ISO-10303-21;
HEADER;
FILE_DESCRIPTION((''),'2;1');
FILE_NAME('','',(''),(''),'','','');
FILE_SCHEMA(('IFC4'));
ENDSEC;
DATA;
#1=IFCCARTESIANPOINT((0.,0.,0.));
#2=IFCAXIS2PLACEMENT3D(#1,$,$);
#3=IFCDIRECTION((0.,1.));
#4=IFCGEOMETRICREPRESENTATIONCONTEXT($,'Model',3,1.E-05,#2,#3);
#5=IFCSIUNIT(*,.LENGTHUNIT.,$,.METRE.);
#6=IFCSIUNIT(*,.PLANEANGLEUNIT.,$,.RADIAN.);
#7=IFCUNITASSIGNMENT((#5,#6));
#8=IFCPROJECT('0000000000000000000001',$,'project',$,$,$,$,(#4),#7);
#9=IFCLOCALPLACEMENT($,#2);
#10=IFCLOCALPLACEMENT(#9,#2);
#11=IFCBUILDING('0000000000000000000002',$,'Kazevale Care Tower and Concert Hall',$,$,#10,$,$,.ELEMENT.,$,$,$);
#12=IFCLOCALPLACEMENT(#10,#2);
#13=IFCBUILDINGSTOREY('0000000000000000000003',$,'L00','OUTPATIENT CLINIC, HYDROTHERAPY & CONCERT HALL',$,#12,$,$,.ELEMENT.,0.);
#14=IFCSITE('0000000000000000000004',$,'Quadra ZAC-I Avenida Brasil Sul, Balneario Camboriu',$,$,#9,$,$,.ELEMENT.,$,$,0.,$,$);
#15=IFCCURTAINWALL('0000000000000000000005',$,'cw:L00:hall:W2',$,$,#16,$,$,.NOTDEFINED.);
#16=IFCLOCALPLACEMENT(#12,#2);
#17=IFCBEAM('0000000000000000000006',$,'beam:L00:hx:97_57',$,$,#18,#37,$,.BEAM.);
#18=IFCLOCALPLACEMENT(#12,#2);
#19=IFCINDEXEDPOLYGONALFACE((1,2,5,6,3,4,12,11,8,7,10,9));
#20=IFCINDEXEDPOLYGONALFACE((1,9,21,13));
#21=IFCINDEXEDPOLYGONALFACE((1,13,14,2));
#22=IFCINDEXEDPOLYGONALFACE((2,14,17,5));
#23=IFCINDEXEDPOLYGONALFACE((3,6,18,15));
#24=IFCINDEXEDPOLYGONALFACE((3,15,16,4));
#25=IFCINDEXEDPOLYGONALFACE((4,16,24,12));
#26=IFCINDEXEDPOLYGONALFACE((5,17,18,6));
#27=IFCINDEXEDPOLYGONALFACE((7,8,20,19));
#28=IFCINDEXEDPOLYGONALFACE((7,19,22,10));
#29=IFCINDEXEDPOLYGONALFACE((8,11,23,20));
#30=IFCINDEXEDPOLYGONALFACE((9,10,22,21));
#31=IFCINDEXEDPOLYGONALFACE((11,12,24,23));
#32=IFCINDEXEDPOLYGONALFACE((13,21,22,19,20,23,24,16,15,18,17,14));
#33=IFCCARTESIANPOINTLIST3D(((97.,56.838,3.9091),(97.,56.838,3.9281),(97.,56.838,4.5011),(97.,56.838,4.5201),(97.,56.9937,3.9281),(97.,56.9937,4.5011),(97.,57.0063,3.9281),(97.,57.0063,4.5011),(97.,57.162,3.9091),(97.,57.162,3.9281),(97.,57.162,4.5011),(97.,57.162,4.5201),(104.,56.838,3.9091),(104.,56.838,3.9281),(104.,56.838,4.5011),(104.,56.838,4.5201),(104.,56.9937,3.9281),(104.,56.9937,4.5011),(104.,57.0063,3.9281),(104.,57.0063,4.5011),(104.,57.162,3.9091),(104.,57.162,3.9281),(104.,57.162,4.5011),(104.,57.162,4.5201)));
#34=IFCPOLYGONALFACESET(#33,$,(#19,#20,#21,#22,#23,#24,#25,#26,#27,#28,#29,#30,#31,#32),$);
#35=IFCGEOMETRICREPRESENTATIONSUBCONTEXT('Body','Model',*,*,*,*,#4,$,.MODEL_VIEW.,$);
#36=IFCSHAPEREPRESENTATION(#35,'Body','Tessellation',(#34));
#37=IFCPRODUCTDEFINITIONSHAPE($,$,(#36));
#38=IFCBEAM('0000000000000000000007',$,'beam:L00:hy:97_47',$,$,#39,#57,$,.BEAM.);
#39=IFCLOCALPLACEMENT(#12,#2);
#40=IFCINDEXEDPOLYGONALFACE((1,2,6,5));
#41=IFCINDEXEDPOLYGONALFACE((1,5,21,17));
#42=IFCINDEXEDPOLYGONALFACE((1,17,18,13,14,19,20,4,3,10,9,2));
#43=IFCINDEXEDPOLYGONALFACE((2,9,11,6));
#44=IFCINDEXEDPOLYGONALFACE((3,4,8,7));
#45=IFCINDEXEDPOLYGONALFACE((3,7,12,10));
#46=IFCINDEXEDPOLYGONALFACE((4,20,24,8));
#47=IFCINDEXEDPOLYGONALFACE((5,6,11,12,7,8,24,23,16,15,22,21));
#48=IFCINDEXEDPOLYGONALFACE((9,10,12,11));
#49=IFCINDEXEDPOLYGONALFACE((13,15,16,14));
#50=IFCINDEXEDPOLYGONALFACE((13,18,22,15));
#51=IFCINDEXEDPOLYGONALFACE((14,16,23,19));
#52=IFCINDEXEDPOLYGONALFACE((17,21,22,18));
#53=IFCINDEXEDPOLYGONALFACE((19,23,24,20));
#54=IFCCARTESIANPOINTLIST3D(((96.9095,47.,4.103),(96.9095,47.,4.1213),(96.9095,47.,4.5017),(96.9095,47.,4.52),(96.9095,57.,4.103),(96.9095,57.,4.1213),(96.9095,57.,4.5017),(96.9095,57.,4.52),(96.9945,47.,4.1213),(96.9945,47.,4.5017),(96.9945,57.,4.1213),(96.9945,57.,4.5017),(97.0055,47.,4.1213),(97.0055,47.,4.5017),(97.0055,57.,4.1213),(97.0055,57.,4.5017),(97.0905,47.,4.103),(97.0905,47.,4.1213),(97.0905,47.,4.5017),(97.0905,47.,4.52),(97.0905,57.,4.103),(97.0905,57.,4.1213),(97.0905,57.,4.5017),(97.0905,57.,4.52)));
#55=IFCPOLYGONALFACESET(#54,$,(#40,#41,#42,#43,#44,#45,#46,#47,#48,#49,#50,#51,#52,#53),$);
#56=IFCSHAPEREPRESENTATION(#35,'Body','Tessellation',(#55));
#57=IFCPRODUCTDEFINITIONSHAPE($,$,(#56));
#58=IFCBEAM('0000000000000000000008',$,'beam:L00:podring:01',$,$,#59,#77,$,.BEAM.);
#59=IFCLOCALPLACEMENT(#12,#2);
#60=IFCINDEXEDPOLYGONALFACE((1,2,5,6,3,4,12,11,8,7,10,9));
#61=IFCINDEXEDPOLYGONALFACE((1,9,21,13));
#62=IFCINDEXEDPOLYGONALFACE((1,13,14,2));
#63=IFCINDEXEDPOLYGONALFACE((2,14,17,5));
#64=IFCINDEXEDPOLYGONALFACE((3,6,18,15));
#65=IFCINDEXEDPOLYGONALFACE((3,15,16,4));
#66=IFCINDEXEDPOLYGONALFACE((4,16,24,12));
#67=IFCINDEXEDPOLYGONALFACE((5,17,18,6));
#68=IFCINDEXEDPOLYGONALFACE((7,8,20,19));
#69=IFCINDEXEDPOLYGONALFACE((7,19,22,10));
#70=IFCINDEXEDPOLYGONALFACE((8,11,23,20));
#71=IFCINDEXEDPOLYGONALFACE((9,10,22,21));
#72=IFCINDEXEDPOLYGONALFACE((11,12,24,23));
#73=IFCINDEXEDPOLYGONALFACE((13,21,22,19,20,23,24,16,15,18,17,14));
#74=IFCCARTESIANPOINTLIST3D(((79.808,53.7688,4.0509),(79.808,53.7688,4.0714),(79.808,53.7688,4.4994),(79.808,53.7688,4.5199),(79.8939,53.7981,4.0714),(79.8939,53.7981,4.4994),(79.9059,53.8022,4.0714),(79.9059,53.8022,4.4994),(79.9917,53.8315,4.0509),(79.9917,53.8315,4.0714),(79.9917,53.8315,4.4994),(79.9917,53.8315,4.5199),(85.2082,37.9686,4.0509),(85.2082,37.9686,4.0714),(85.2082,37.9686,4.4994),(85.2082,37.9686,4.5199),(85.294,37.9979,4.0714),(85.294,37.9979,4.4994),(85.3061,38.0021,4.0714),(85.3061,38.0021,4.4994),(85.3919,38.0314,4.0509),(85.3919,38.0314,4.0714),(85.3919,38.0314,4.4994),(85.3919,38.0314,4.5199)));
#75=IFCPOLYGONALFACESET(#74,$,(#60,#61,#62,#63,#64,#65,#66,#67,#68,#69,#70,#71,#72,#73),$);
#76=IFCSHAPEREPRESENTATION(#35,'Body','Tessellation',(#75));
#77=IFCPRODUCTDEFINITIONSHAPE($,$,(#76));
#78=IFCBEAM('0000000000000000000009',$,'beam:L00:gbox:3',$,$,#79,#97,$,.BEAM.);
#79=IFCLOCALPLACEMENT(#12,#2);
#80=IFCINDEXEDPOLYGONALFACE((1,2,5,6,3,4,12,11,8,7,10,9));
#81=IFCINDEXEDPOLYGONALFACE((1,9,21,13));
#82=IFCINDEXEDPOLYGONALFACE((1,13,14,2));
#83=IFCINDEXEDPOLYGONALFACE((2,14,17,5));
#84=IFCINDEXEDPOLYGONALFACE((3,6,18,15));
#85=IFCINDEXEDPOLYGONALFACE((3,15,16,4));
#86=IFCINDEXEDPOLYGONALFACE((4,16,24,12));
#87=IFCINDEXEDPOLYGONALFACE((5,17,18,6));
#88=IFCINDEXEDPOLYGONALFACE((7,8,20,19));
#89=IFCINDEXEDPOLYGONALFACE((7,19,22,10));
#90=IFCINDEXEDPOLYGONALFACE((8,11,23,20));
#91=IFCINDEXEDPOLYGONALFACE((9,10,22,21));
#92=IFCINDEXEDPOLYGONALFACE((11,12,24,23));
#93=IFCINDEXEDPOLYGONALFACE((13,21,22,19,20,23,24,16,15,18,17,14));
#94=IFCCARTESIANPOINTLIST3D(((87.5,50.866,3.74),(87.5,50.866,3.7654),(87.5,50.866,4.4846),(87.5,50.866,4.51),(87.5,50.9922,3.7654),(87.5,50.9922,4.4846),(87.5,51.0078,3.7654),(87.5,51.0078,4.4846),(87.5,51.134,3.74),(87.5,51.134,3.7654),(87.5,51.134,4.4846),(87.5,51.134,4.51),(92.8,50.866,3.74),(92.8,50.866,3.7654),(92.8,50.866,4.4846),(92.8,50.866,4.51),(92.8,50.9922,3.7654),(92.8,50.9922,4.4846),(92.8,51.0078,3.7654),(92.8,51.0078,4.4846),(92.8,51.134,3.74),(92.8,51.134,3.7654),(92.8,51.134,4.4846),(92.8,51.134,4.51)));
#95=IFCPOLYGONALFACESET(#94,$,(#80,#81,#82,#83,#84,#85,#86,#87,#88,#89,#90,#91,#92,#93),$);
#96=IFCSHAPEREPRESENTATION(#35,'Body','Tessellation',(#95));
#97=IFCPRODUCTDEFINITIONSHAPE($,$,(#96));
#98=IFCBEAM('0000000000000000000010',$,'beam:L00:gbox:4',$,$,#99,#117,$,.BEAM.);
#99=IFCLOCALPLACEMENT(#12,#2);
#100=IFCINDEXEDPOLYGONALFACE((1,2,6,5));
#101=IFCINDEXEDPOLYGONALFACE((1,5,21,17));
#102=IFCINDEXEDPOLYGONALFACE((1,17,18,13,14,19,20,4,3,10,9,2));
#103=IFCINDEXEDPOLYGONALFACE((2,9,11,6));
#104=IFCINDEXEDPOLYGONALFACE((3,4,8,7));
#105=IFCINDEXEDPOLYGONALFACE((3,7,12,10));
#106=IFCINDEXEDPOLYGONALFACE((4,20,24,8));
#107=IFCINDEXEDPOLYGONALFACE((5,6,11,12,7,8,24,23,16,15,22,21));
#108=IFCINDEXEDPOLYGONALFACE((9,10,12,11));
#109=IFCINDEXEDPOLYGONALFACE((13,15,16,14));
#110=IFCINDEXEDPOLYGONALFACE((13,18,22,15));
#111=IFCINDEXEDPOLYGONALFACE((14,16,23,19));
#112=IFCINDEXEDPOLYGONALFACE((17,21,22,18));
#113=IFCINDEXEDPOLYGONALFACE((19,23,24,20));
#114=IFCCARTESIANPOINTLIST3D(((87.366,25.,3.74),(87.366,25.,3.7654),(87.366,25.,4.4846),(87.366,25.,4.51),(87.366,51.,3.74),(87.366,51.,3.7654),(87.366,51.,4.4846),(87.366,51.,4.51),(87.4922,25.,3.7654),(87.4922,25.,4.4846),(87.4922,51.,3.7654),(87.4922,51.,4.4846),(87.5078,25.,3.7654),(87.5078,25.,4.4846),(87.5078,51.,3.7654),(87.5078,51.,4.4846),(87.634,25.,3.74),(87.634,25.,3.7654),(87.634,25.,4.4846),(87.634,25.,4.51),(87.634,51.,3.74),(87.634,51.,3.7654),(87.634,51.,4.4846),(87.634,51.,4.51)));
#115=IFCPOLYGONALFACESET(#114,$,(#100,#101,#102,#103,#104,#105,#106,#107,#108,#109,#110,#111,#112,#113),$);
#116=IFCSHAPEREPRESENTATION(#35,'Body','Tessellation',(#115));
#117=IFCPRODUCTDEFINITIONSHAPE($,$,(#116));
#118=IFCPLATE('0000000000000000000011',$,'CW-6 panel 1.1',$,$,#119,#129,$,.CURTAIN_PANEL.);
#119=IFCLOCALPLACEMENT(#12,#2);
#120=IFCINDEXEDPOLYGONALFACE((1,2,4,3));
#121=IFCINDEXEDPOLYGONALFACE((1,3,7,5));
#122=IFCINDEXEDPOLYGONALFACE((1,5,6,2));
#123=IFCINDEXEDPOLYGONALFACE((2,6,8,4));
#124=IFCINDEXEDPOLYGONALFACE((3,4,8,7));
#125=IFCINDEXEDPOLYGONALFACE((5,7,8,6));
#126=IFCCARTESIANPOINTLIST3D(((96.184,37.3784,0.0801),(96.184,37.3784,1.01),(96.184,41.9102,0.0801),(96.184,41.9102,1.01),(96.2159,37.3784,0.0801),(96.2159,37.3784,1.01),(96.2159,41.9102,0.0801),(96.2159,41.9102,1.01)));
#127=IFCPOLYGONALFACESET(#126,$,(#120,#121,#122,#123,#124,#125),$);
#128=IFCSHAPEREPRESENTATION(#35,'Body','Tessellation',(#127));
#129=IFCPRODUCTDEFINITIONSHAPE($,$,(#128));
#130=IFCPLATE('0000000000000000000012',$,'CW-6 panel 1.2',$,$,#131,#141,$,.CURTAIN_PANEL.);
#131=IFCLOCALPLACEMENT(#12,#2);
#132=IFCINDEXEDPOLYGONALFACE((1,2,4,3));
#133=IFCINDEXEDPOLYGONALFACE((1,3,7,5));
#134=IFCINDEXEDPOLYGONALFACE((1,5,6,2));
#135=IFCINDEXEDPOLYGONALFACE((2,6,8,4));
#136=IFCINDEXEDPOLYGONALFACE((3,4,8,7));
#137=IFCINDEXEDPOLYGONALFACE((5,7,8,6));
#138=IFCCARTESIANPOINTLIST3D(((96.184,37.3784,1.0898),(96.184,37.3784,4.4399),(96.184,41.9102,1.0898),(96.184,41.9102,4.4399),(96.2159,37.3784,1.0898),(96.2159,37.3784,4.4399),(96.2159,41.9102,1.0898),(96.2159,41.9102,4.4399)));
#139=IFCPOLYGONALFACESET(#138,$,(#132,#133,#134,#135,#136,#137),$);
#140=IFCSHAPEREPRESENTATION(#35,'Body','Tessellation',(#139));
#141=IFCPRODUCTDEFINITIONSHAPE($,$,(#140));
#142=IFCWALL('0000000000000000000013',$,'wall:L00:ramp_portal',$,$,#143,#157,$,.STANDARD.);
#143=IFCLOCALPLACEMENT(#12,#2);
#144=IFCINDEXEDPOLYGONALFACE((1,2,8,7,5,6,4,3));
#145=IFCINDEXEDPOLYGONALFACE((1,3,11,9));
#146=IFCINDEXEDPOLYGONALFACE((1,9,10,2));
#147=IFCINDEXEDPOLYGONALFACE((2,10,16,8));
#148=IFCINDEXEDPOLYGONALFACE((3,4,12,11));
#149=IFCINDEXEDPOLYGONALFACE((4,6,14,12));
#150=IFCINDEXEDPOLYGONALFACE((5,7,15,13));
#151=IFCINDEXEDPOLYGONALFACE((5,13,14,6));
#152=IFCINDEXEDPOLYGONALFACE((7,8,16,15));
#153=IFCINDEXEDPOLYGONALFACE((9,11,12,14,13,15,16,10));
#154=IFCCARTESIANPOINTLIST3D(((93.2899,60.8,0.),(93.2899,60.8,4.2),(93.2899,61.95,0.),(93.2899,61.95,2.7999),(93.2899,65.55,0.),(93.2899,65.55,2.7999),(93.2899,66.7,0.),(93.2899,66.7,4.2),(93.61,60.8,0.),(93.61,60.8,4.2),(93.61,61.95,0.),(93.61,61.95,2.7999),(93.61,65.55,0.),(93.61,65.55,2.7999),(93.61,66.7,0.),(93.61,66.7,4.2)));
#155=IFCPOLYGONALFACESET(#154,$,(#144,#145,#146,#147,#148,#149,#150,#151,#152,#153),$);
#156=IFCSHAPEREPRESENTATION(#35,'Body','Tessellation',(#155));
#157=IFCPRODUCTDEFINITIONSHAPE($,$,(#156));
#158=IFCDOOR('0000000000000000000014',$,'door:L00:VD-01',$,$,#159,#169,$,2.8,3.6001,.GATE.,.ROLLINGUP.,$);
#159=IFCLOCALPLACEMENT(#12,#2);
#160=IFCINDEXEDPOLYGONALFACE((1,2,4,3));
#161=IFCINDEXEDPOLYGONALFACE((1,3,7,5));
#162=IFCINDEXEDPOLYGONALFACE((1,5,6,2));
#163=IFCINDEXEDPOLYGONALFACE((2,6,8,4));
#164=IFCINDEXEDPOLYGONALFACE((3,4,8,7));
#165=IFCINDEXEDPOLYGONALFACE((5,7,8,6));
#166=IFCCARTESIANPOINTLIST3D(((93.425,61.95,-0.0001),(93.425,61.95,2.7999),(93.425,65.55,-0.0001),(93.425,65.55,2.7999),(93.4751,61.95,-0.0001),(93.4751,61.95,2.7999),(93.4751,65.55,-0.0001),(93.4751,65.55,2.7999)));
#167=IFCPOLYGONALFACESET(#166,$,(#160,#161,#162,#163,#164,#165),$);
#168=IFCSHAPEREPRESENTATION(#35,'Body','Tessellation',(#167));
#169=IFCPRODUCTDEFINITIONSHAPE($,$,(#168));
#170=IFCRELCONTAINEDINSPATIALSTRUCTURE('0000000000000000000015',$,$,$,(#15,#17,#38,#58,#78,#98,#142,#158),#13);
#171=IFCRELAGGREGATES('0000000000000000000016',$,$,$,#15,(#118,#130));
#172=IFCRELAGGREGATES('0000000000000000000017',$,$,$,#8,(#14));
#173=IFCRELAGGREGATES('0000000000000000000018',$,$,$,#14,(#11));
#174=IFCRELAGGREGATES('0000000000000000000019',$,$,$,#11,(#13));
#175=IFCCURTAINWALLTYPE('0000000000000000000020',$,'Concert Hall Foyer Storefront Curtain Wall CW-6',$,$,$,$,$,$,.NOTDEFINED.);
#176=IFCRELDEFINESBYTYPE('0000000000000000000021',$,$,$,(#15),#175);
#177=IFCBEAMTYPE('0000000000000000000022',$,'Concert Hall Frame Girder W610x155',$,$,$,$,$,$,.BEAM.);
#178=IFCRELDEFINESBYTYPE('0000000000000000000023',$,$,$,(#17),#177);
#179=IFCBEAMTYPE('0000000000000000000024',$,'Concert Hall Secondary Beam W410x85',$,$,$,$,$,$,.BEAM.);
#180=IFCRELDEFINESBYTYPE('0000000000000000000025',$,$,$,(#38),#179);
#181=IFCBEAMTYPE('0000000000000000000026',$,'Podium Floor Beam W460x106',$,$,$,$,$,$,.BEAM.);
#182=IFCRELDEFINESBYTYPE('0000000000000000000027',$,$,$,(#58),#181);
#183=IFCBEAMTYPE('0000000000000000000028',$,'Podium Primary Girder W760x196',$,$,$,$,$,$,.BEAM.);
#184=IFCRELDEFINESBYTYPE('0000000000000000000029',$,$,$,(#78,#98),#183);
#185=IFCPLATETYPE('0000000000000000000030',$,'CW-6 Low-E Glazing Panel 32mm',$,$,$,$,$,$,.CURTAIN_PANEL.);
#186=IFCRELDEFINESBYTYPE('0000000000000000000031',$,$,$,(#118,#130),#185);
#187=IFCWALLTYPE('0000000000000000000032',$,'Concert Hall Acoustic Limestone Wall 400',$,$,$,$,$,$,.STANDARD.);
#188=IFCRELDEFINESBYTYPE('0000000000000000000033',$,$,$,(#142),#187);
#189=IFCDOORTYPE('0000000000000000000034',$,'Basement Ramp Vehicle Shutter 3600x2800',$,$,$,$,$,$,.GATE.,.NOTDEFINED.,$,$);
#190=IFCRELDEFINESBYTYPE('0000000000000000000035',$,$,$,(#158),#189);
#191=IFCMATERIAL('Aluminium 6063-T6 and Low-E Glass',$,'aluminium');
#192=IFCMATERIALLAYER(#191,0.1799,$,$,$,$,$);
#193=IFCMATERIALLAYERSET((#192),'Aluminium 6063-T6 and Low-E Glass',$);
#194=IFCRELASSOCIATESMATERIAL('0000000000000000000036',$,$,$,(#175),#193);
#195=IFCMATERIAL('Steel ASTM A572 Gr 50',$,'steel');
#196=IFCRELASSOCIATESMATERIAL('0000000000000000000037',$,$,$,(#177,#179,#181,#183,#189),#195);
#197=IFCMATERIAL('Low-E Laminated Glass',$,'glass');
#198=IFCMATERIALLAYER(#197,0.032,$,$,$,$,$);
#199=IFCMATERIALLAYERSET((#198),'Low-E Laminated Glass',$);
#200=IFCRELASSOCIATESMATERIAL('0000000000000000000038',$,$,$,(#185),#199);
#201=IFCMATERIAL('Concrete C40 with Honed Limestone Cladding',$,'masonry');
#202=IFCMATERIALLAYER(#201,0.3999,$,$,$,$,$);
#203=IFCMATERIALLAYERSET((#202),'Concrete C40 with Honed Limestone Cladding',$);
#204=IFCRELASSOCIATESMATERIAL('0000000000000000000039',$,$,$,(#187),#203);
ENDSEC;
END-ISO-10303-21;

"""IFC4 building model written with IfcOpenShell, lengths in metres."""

from ifc_helpers import new_model, si_unit, direction, frame, frame_2d, origin, origin_2d, place, context, subcontext, project, spatial, rectangle, i_section, extrude, material, layer, layer_set, material_profile, profile_set, type_object, element, fill, aggregate, save


model = new_model("IFC4")

# Units and contexts
model_context = context("Model", 3, precision=1e-05, world=origin(), true_north=direction((0.0, 1.0)))
body_context = subcontext(model_context, "Body", "Model", "MODEL_VIEW")
ifc_project = project(units=[si_unit("LENGTHUNIT", "METRE"), si_unit("PLANEANGLEUNIT", "RADIAN")], contexts=[model_context])

# Site, building, storey
site_placement = place(None, origin())
site = spatial("IfcSite", under=ifc_project, at=site_placement, Name="Quadra ZAC-I Avenida Brasil Sul, Balneario Camboriu", CompositionType="ELEMENT", RefElevation=0.0)
building_placement = place(site_placement, origin())
building = spatial("IfcBuilding", under=site, at=building_placement, Name="Kazevale Care Tower and Concert Hall", CompositionType="ELEMENT")
storey_placement = place(building_placement, origin())
storey = spatial("IfcBuildingStorey", under=building, at=storey_placement, Name="L00", Description="OUTPATIENT CLINIC, HYDROTHERAPY & CONCERT HALL", CompositionType="ELEMENT", Elevation=0.0)

# Curtain wall
ifc_material_1 = material(Name="Aluminium 6063-T6 and Low-E Glass", Category="aluminium")
ifc_layer_1 = layer(ifc_material_1, 0.1799)
ifc_layer_set_1 = layer_set([ifc_layer_1], Name="Aluminium 6063-T6 and Low-E Glass")
curtain_wall_type_1 = type_object("IfcCurtainWallType", Name="Concert Hall Foyer Storefront Curtain Wall CW-6", PredefinedType="NOTDEFINED", material=ifc_layer_set_1)
curtain_wall_1_placement = place(storey_placement, origin())
curtain_wall_1 = element("IfcCurtainWall", 1, at=curtain_wall_1_placement, inside=storey, type_object=curtain_wall_type_1, Name="cw:L00:hall:W2", PredefinedType="NOTDEFINED")

# Beams
ifc_material_2 = material(Name="Steel ASTM A572 Gr 50", Category="steel")
ifc_material_profile_1 = material_profile(ifc_material_2, i_section(OverallWidth=0.324, OverallDepth=0.6111, WebThickness=0.0127, FlangeThickness=0.019, at=origin_2d()), Name="W610x155")
ifc_profile_set_1 = profile_set([ifc_material_profile_1], Name="Steel ASTM A572 Gr 50")
beam_type_1 = type_object("IfcBeamType", Name="Concert Hall Frame Girder W610x155", PredefinedType="BEAM", material=ifc_profile_set_1)
for number, where, z_axis, x_axis, name in (
    (2, (97.0, 57.0, 4.2146), (1.0, 0.0, 0.0), (0.0, 1.0, 0.0), "beam:L00:hx:97_57"),
):
    element("IfcBeam", number, at=place(storey_placement, frame(where, z_axis=z_axis, x_axis=x_axis)), inside=storey, type_object=beam_type_1, Name=name, PredefinedType="BEAM", context=body_context, shape_type="SweptSolid", body=[
        extrude(i_section(OverallWidth=0.324, OverallDepth=0.6111, WebThickness=0.0127, FlangeThickness=0.019, at=origin_2d()), origin(), (0.0, 0.0, 1.0), 7.0),
    ])
ifc_material_profile_2 = material_profile(ifc_material_2, i_section(OverallWidth=0.1809, OverallDepth=0.417, WebThickness=0.011, FlangeThickness=0.0183, at=origin_2d()), Name="W410x85")
ifc_profile_set_2 = profile_set([ifc_material_profile_2], Name="Steel ASTM A572 Gr 50")
beam_type_2 = type_object("IfcBeamType", Name="Concert Hall Secondary Beam W410x85", PredefinedType="BEAM", material=ifc_profile_set_2)
beam_1_placement = place(storey_placement, frame((97.0, 47.0, 4.3115), z_axis=(0.0, 1.0, 0.0), x_axis=(-1.0, 0.0, 0.0)))
element("IfcBeam", 3, at=beam_1_placement, inside=storey, type_object=beam_type_2, Name="beam:L00:hy:97_47", PredefinedType="BEAM", context=body_context, shape_type="SweptSolid", body=[
    extrude(i_section(OverallWidth=0.1809, OverallDepth=0.417, WebThickness=0.011, FlangeThickness=0.0183, at=origin_2d()), origin(), (0.0, 0.0, 1.0), 10.0),
])
ifc_material_profile_3 = material_profile(ifc_material_2, i_section(OverallWidth=0.1941, OverallDepth=0.469, WebThickness=0.0127, FlangeThickness=0.0205, at=origin_2d()), Name="W460x106")
ifc_profile_set_3 = profile_set([ifc_material_profile_3], Name="Steel ASTM A572 Gr 50")
beam_type_3 = type_object("IfcBeamType", Name="Podium Floor Beam W460x106", PredefinedType="BEAM", material=ifc_profile_set_3)
beam_2_placement = place(storey_placement, frame((85.3, 38.0, 4.2854), z_axis=(-0.323412, 0.946258, 0.0), x_axis=(-0.946258, -0.323412, 0.0)))
element("IfcBeam", 4, at=beam_2_placement, inside=storey, type_object=beam_type_3, Name="beam:L00:podring:01", PredefinedType="BEAM", context=body_context, shape_type="SweptSolid", body=[
    extrude(i_section(OverallWidth=0.1941, OverallDepth=0.469, WebThickness=0.0127, FlangeThickness=0.0205, at=origin_2d()), origin(), (0.0, 0.0, 1.0), 16.6975),
])
ifc_material_profile_4 = material_profile(ifc_material_2, i_section(OverallWidth=0.2681, OverallDepth=0.77, WebThickness=0.0156, FlangeThickness=0.0254, at=origin_2d()), Name="W760x196")
ifc_profile_set_4 = profile_set([ifc_material_profile_4], Name="Steel ASTM A572 Gr 50")
beam_type_4 = type_object("IfcBeamType", Name="Podium Primary Girder W760x196", PredefinedType="BEAM", material=ifc_profile_set_4)
beam_3_placement = place(storey_placement, frame((92.8, 51.0, 4.125), z_axis=(-1.0, 0.0, 0.0), x_axis=(0.0, -1.0, 0.0)))
element("IfcBeam", 5, at=beam_3_placement, inside=storey, type_object=beam_type_4, Name="beam:L00:gbox:3", PredefinedType="BEAM", context=body_context, shape_type="SweptSolid", body=[
    extrude(i_section(OverallWidth=0.2681, OverallDepth=0.77, WebThickness=0.0156, FlangeThickness=0.0254, at=origin_2d()), origin(), (0.0, 0.0, 1.0), 5.3),
])
beam_4_placement = place(storey_placement, frame((87.5, 51.0, 4.125), z_axis=(0.0, -1.0, 0.0), x_axis=(1.0, 0.0, 0.0)))
element("IfcBeam", 6, at=beam_4_placement, inside=storey, type_object=beam_type_4, Name="beam:L00:gbox:4", PredefinedType="BEAM", context=body_context, shape_type="SweptSolid", body=[
    extrude(i_section(OverallWidth=0.2681, OverallDepth=0.77, WebThickness=0.0156, FlangeThickness=0.0254, at=origin_2d()), origin(), (0.0, 0.0, 1.0), 26.0),
])

# Plates
ifc_material_3 = material(Name="Low-E Laminated Glass", Category="glass")
ifc_layer_2 = layer(ifc_material_3, 0.032)
ifc_layer_set_2 = layer_set([ifc_layer_2], Name="Low-E Laminated Glass")
plate_type = type_object("IfcPlateType", Name="CW-6 Low-E Glazing Panel 32mm", PredefinedType="CURTAIN_PANEL", material=ifc_layer_set_2)
plate_1_placement = place(storey_placement, frame((96.2, 39.6443, 0.0801), z_axis=(0.0, 0.0, 1.0), x_axis=(0.0, -1.0, 0.0)))
plate_1 = element("IfcPlate", 7, at=plate_1_placement, type_object=plate_type, Name="CW-6 panel 1.1", PredefinedType="CURTAIN_PANEL", context=body_context, shape_type="SweptSolid", body=[
    extrude(rectangle(XDim=4.5317, YDim=0.032, at=origin_2d()), origin(), (0.0, 0.0, 1.0), 0.9299),
])
plate_2_placement = place(storey_placement, frame((96.2, 39.6443, 1.0898), z_axis=(0.0, 0.0, 1.0), x_axis=(0.0, -1.0, 0.0)))
plate_2 = element("IfcPlate", 8, at=plate_2_placement, type_object=plate_type, Name="CW-6 panel 1.2", PredefinedType="CURTAIN_PANEL", context=body_context, shape_type="SweptSolid", body=[
    extrude(rectangle(XDim=4.5317, YDim=0.032, at=origin_2d()), origin(), (0.0, 0.0, 1.0), 3.3501),
])
aggregate(curtain_wall_1, [plate_1, plate_2])

# Wall, opening, door
ifc_material_4 = material(Name="Concrete C40 with Honed Limestone Cladding", Category="masonry")
ifc_layer_3 = layer(ifc_material_4, 0.3999)
ifc_layer_set_3 = layer_set([ifc_layer_3], Name="Concrete C40 with Honed Limestone Cladding")
wall_type_1 = type_object("IfcWallType", Name="Concert Hall Acoustic Limestone Wall 400", PredefinedType="STANDARD", material=ifc_layer_set_3)
wall_1_placement = place(storey_placement, frame((93.45, 60.8, 0.0), z_axis=(0.0, 0.0, 1.0), x_axis=(0.0, 1.0, 0.0)))
wall_1 = element("IfcWall", 9, at=wall_1_placement, inside=storey, type_object=wall_type_1, Name="wall:L00:ramp_portal", PredefinedType="STANDARD", context=body_context, shape_type="SweptSolid", body=[
    extrude(rectangle(XDim=5.8999, YDim=0.3201, at=frame_2d((2.95, 0.0))), origin(), (0.0, 0.0, 1.0), 4.2),
])
opening_1_placement = place(wall_1_placement, frame((1.1499, 0.0, 0.0)))
opening_1 = element("IfcOpeningElement", 10, at=opening_1_placement, cuts=wall_1, PredefinedType="OPENING", context=body_context, shape_type="SweptSolid", body=[
    extrude(rectangle(XDim=3.6001, YDim=2.8, at=frame_2d((1.8, 1.3999))), frame((0.0, 0.1699, 0.0), z_axis=(0.0, -1.0, 0.0), x_axis=(1.0, 0.0, 0.0)), (0.0, 0.0, 1.0), 0.3401),
])
door_type = type_object("IfcDoorType", Name="Basement Ramp Vehicle Shutter 3600x2800", OperationType="NOTDEFINED", PredefinedType="GATE", material=ifc_material_2)
door_placement = place(opening_1_placement, origin())
door = element("IfcDoor", 11, at=door_placement, inside=storey, type_object=door_type, Name="door:L00:VD-01", OperationType="ROLLINGUP", OverallHeight=2.8, OverallWidth=3.6001, PredefinedType="GATE", context=body_context, shape_type="SweptSolid", body=[
    extrude(rectangle(XDim=3.6001, YDim=2.8, at=frame_2d((1.8, 1.3999))), frame((0.0, 0.0249, 0.0), z_axis=(0.0, -1.0, 0.0), x_axis=(1.0, 0.0, 0.0)), (0.0, 0.0, 1.0), 0.05),
])
fill(opening_1, door)

save(model, "model.ifc")
